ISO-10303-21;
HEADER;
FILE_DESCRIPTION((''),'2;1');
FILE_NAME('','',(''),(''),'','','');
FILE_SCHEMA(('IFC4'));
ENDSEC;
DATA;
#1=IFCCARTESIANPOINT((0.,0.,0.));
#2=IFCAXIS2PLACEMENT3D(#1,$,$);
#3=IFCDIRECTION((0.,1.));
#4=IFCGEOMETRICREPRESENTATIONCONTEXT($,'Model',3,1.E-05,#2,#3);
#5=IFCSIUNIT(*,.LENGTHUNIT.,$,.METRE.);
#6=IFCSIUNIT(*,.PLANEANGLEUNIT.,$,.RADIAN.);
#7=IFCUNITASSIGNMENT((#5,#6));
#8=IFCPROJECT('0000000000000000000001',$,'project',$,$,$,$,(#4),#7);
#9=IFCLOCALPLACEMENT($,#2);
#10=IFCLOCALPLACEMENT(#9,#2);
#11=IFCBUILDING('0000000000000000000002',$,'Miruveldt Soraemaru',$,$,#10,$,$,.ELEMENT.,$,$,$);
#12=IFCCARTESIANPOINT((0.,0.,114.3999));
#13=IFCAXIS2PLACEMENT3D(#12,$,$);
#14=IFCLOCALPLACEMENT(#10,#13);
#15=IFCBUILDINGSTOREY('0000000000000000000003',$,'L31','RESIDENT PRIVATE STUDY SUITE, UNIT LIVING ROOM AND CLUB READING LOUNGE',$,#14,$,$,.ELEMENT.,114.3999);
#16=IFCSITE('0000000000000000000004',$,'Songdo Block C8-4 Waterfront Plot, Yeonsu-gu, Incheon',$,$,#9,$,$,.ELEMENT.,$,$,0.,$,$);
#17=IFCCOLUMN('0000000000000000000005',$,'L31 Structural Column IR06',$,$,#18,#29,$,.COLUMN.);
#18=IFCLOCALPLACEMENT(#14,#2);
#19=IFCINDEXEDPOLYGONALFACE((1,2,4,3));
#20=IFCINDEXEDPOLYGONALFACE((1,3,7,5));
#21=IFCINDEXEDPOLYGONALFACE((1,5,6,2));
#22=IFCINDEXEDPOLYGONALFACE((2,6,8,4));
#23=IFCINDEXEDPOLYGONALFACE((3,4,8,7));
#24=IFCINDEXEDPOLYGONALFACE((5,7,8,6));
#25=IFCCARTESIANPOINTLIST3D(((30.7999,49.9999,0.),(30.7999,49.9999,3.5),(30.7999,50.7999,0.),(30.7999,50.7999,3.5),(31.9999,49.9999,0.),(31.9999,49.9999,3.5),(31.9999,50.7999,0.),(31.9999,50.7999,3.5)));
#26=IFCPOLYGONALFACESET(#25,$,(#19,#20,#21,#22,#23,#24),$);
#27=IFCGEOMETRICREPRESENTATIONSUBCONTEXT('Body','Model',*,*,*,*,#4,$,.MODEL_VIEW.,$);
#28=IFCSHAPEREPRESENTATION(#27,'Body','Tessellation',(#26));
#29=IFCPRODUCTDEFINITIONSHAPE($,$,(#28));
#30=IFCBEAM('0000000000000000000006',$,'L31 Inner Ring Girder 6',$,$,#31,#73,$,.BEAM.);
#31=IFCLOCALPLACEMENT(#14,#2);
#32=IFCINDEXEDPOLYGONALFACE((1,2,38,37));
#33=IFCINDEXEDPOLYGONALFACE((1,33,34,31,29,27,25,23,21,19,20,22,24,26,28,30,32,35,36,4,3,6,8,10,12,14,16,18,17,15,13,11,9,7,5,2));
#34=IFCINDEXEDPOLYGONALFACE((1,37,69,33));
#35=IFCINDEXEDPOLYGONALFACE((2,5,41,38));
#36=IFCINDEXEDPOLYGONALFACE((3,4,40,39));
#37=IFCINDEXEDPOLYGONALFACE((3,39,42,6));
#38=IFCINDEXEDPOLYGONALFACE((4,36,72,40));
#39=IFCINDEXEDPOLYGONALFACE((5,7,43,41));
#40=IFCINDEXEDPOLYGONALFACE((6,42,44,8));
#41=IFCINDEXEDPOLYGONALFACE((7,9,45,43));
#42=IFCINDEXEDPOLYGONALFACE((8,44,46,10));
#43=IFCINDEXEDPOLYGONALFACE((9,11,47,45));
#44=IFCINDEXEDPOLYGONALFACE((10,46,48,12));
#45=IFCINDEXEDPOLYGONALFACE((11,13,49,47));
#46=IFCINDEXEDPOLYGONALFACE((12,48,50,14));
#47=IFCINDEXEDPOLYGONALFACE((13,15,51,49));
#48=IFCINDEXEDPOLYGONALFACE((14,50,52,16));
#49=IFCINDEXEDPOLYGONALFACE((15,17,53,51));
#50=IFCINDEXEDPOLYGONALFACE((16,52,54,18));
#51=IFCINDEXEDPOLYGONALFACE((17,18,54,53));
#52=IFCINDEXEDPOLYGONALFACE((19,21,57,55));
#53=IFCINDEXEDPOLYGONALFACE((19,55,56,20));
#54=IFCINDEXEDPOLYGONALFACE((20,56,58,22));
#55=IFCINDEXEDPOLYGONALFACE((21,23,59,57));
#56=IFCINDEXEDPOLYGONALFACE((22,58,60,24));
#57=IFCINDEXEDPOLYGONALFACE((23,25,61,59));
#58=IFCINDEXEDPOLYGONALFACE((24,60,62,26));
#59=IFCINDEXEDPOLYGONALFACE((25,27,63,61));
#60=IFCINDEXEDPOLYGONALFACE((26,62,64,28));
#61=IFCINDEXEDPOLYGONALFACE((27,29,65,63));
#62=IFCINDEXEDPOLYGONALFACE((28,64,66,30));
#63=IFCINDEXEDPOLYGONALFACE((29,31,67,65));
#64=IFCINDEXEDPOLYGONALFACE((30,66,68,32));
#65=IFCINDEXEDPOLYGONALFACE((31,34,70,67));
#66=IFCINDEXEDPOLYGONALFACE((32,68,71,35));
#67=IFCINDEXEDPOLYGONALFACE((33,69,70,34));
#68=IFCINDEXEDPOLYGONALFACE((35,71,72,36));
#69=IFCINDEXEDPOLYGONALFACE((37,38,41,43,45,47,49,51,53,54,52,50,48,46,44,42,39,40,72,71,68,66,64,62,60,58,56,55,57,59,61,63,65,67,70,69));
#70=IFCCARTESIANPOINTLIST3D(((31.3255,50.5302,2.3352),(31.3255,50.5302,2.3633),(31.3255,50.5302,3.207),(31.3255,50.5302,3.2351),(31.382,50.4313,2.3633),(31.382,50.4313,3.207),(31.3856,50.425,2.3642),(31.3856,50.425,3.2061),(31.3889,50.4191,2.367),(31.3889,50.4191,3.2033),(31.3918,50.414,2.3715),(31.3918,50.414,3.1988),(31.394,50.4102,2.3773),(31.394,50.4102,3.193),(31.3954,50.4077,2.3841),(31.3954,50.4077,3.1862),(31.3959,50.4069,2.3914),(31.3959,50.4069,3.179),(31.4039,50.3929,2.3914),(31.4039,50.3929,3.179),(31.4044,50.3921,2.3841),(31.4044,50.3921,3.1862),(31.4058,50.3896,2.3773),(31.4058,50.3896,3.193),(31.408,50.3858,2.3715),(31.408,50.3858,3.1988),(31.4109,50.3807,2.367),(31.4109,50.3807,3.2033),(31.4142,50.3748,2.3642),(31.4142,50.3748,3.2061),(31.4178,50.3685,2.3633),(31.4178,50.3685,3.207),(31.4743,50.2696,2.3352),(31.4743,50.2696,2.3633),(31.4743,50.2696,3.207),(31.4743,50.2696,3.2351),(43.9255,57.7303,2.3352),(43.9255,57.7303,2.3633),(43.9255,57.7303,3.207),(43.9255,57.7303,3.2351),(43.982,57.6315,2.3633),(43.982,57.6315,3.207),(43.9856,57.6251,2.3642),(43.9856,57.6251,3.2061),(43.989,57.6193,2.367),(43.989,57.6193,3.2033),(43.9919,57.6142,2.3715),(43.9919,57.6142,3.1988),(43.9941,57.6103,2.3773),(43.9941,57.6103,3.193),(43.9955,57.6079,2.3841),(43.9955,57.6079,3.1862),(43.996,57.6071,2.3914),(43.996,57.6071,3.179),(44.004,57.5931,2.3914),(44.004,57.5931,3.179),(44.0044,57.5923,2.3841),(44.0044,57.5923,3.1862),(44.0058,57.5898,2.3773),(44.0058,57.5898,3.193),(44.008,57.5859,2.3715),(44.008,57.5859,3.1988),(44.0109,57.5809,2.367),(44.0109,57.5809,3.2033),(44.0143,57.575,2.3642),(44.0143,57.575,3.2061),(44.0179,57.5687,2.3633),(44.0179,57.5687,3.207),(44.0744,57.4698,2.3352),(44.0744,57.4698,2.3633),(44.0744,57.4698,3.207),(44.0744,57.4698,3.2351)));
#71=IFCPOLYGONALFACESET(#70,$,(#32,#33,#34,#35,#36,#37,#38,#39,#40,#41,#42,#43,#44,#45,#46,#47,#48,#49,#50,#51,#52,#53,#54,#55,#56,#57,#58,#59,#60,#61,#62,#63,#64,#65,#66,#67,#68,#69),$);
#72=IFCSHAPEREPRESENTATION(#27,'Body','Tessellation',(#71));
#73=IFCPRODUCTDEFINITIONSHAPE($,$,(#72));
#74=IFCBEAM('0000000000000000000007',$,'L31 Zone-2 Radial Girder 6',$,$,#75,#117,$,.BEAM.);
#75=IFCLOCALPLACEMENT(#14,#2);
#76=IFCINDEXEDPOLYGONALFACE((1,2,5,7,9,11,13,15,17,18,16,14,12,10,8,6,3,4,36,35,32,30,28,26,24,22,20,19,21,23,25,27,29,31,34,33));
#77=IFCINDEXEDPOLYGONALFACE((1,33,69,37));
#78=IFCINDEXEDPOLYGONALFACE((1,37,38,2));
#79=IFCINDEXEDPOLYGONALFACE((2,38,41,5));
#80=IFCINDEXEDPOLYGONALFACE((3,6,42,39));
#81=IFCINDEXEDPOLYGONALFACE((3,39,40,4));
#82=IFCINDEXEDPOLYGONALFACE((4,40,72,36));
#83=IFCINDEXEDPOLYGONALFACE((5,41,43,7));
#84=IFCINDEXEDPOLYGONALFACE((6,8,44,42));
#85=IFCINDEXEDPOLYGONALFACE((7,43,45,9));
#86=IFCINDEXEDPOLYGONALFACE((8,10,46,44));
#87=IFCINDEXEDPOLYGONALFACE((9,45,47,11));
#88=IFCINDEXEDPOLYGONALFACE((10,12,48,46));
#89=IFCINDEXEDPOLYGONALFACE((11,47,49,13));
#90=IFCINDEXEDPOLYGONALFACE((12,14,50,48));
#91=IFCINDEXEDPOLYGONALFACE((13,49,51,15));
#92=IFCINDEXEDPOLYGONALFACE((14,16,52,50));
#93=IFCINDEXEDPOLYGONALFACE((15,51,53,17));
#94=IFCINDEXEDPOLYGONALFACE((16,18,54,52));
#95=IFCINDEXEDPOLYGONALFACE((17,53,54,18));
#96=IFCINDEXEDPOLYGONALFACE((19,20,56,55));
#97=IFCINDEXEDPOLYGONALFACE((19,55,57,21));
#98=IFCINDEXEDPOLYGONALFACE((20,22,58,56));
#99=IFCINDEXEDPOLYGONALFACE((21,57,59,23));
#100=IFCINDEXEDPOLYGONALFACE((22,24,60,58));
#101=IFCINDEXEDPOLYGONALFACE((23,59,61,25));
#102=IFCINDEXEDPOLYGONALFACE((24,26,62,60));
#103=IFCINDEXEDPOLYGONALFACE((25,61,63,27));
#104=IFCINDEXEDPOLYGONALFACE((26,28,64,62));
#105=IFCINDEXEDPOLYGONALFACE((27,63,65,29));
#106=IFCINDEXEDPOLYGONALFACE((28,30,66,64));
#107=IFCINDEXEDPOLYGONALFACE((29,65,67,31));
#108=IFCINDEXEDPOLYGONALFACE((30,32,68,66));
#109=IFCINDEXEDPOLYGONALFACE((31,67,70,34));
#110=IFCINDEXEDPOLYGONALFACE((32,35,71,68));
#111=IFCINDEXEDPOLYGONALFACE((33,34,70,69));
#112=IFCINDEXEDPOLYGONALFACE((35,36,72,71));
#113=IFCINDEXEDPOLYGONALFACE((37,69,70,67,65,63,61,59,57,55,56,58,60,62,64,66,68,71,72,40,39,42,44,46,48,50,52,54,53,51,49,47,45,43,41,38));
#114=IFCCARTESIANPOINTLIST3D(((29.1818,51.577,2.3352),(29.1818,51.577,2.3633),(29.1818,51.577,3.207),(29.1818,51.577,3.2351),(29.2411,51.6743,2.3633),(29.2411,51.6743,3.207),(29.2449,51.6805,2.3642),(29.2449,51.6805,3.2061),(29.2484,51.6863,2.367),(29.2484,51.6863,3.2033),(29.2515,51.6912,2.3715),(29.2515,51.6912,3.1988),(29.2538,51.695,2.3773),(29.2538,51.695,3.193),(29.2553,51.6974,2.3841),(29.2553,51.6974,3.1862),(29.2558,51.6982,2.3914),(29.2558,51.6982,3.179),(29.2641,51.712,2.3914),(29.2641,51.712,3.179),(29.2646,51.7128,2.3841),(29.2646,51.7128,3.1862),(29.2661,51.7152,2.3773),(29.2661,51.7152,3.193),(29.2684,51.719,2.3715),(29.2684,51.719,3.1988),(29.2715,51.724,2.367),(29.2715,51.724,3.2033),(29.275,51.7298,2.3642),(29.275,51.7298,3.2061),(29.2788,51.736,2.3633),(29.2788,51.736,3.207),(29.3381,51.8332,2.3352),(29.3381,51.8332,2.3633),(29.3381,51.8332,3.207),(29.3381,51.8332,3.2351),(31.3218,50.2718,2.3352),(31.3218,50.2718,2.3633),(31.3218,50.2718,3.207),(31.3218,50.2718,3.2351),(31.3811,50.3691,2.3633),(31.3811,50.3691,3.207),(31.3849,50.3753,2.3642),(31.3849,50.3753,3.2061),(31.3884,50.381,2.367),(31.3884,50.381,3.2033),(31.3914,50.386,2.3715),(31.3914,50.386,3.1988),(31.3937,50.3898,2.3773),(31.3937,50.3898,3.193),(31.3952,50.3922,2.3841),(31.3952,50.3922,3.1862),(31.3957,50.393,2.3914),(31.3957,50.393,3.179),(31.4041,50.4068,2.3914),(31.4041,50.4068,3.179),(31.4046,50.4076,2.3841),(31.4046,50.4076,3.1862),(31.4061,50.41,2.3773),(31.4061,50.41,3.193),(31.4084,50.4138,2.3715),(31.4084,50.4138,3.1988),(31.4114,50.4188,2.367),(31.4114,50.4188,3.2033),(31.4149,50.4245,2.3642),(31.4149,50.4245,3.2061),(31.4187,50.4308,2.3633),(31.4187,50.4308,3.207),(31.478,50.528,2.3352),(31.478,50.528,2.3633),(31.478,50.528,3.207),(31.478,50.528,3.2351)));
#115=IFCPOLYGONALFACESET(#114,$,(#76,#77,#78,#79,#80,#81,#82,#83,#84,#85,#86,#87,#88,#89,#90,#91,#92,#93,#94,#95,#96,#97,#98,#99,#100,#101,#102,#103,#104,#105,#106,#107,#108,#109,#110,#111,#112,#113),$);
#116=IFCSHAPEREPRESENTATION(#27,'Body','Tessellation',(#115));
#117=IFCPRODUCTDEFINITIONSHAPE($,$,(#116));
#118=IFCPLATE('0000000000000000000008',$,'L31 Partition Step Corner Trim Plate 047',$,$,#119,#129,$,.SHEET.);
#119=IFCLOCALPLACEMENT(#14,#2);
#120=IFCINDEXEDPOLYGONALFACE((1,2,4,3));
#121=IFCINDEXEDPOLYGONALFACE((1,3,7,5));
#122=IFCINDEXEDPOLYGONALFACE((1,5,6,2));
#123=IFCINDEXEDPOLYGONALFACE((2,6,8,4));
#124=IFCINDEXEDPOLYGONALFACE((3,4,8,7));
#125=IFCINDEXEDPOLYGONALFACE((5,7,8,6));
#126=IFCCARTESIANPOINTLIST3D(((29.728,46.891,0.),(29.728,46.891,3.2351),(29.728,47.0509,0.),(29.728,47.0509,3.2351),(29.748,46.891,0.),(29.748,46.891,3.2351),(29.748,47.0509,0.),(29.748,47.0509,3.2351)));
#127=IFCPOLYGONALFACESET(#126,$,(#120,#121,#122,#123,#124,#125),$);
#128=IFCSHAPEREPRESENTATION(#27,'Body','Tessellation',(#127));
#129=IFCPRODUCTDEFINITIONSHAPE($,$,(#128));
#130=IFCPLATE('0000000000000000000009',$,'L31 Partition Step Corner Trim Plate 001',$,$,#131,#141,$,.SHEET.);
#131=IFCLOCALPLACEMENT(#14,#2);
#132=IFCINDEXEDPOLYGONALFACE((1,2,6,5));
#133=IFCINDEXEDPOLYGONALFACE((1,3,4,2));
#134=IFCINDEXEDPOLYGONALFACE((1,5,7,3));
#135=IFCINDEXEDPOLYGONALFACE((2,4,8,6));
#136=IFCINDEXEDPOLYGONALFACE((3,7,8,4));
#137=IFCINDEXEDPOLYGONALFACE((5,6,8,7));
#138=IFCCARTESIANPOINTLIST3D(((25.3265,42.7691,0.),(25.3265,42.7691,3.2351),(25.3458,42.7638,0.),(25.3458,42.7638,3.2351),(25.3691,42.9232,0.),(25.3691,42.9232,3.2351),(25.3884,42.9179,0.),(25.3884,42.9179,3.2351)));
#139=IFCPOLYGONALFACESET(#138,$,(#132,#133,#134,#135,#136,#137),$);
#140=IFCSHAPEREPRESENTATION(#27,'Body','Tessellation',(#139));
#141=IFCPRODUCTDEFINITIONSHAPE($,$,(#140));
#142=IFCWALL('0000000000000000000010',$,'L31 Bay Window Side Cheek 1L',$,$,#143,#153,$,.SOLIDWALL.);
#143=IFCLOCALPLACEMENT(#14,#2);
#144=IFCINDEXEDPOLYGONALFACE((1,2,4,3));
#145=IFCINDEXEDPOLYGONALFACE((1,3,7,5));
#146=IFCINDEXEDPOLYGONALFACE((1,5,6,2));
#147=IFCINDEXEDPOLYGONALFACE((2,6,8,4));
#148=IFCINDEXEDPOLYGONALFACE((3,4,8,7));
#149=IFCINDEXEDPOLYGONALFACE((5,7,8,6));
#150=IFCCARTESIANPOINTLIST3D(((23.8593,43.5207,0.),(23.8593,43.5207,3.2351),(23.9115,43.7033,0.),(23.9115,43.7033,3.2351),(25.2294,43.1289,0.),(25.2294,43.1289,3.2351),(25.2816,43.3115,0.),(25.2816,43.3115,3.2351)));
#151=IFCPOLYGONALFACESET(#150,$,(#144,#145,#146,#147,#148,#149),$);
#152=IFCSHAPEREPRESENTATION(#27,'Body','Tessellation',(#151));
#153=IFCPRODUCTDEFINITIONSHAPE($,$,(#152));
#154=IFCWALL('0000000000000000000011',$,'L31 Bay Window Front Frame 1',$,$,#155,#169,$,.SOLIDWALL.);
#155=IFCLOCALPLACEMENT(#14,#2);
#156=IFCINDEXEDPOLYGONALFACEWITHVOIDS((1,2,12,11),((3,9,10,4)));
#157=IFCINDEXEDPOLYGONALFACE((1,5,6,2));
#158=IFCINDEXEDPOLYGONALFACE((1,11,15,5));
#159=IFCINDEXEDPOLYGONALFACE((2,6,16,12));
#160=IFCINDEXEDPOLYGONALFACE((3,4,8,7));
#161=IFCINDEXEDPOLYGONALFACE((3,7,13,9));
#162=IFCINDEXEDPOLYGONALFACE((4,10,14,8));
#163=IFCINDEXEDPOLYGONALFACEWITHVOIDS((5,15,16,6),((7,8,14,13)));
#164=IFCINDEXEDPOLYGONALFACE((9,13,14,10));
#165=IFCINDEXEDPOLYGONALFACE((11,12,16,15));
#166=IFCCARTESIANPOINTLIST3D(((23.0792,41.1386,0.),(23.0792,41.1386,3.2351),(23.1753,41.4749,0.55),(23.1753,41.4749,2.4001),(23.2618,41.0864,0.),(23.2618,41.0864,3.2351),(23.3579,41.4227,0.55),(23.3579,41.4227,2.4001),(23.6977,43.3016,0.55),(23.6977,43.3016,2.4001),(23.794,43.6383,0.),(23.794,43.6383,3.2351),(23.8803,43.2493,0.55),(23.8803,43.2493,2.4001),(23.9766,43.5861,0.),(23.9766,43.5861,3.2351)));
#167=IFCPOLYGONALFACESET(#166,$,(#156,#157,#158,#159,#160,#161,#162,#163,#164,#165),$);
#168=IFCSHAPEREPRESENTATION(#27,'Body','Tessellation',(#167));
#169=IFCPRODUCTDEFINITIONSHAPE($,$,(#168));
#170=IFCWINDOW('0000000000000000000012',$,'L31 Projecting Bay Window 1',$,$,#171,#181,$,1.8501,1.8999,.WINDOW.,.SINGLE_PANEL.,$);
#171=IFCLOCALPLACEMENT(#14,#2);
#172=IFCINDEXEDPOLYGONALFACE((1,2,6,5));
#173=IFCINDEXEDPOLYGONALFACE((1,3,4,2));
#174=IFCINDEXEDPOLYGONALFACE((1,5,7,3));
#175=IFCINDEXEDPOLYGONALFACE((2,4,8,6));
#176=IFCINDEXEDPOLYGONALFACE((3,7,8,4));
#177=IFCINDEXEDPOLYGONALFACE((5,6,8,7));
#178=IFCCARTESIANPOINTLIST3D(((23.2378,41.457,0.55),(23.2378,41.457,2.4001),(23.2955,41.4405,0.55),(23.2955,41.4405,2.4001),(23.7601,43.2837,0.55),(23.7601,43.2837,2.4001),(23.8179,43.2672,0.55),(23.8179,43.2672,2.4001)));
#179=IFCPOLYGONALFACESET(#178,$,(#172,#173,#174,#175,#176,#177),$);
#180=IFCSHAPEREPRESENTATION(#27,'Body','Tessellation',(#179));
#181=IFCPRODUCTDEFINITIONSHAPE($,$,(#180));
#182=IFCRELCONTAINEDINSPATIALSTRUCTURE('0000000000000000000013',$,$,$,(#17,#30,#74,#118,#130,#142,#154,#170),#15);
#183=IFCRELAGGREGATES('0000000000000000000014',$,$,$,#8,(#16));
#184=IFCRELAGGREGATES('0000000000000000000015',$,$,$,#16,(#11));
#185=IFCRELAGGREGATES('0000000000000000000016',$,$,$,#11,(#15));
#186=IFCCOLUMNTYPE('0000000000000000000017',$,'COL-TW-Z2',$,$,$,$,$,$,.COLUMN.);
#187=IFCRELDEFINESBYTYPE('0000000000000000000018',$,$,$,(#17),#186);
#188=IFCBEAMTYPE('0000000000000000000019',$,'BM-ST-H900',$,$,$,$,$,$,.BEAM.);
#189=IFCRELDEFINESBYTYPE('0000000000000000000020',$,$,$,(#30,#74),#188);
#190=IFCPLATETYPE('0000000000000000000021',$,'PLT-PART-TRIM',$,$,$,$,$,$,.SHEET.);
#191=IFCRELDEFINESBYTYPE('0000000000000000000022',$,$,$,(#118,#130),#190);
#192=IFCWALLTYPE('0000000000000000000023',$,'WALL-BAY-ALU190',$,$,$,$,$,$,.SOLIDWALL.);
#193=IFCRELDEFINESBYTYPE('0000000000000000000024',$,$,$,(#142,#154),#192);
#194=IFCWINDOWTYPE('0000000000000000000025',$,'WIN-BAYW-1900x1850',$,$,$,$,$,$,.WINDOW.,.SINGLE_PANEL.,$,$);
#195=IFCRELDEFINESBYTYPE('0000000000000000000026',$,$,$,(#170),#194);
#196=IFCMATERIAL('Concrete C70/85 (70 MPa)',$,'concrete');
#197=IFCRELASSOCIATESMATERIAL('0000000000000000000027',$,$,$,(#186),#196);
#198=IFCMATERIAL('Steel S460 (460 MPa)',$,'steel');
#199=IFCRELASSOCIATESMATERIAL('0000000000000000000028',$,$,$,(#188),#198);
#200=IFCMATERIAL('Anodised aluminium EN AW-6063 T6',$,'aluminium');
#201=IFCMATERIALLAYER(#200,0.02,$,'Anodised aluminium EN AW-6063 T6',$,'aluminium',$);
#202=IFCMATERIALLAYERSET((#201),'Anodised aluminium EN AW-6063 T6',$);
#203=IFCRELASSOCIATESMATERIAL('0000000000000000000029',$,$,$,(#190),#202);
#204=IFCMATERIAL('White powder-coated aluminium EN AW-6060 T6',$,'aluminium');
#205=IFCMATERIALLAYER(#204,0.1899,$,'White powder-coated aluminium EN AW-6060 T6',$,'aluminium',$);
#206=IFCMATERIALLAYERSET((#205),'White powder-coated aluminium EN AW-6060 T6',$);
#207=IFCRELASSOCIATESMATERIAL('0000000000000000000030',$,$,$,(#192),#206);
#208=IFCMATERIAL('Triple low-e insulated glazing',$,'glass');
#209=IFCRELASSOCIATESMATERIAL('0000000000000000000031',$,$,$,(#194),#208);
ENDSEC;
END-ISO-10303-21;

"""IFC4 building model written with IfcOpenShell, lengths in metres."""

from ifc_helpers import new_model, si_unit, direction, frame, frame_2d, origin, origin_2d, place, context, subcontext, project, spatial, rectangle, i_section, extrude, material, layer, layer_set, material_profile, profile_set, type_object, element, fill, save


model = new_model("IFC4")

# Units and contexts
model_context = context("Model", 3, precision=1e-05, world=origin(), true_north=direction((0.0, 1.0)))
body_context = subcontext(model_context, "Body", "Model", "MODEL_VIEW")
ifc_project = project(units=[si_unit("LENGTHUNIT", "METRE"), si_unit("PLANEANGLEUNIT", "RADIAN")], contexts=[model_context])

# Site, building, storey
site_placement = place(None, origin())
site = spatial("IfcSite", under=ifc_project, at=site_placement, Name="Songdo Block C8-4 Waterfront Plot, Yeonsu-gu, Incheon", CompositionType="ELEMENT", RefElevation=0.0)
building_placement = place(site_placement, origin())
building = spatial("IfcBuilding", under=site, at=building_placement, Name="Miruveldt Soraemaru", CompositionType="ELEMENT")
storey_placement = place(building_placement, frame((0.0, 0.0, 114.3999)))
storey = spatial("IfcBuildingStorey", under=building, at=storey_placement, Name="L31", Description="RESIDENT PRIVATE STUDY SUITE, UNIT LIVING ROOM AND CLUB READING LOUNGE", CompositionType="ELEMENT", Elevation=114.3999)

# Column
ifc_material_1 = material(Name="Concrete C70/85 (70 MPa)", Category="concrete")
ifc_material_profile_1 = material_profile(ifc_material_1, rectangle(XDim=1.2, YDim=0.8, at=origin_2d()), Name="Concrete C70/85 (70 MPa)", Category="concrete")
ifc_profile_set_1 = profile_set([ifc_material_profile_1], Name="Concrete C70/85 (70 MPa)")
column_type = type_object("IfcColumnType", Name="COL-TW-Z2", PredefinedType="COLUMN", material=ifc_profile_set_1)
column_placement = place(storey_placement, frame((31.3999, 50.3999, 0.0), z_axis=(0.0, 0.0, 1.0), x_axis=(1.0, 0.0, 0.0)))
element("IfcColumn", 1, at=column_placement, inside=storey, type_object=column_type, Name="L31 Structural Column IR06", PredefinedType="COLUMN", context=body_context, shape_type="SweptSolid", body=[
    extrude(rectangle(XDim=1.2, YDim=0.8, at=origin_2d()), origin(), (0.0, 0.0, 1.0), 3.5),
])

# Beams
ifc_material_2 = material(Name="Steel S460 (460 MPa)", Category="steel")
ifc_material_profile_2 = material_profile(ifc_material_2, i_section(OverallWidth=0.3, OverallDepth=0.8999, WebThickness=0.0161, FlangeThickness=0.0281, FilletRadius=0.0281, at=origin_2d()), Name="Steel S460 (460 MPa)", Category="steel")
ifc_profile_set_2 = profile_set([ifc_material_profile_2], Name="Steel S460 (460 MPa)")
beam_type = type_object("IfcBeamType", Name="BM-ST-H900", PredefinedType="BEAM", material=ifc_profile_set_2)
beam_1_placement = place(storey_placement, frame((31.3999, 50.3999, 2.7852), z_axis=(0.868239, 0.496146, 0.0), x_axis=(-0.496146, 0.868239, 0.0)))
element("IfcBeam", 2, at=beam_1_placement, inside=storey, type_object=beam_type, Name="L31 Inner Ring Girder 6", PredefinedType="BEAM", context=body_context, shape_type="SweptSolid", body=[
    extrude(i_section(OverallWidth=0.3, OverallDepth=0.8999, WebThickness=0.0161, FlangeThickness=0.0281, FilletRadius=0.0281, at=origin_2d()), origin(), (0.0, 0.0, 1.0), 14.5122),
])
beam_2_placement = place(storey_placement, frame((31.3999, 50.3999, 2.7852), z_axis=(-0.853732, 0.520713, 0.0), x_axis=(-0.520713, -0.853732, 0.0)))
element("IfcBeam", 3, at=beam_2_placement, inside=storey, type_object=beam_type, Name="L31 Zone-2 Radial Girder 6", PredefinedType="BEAM", context=body_context, shape_type="SweptSolid", body=[
    extrude(i_section(OverallWidth=0.3, OverallDepth=0.8999, WebThickness=0.0161, FlangeThickness=0.0281, FilletRadius=0.0281, at=origin_2d()), origin(), (0.0, 0.0, 1.0), 2.5066),
])

# Plates
ifc_material_3 = material(Name="Anodised aluminium EN AW-6063 T6", Category="aluminium")
ifc_layer_1 = layer(ifc_material_3, 0.02, Name="Anodised aluminium EN AW-6063 T6", Category="aluminium")
ifc_layer_set_1 = layer_set([ifc_layer_1], Name="Anodised aluminium EN AW-6063 T6")
plate_type = type_object("IfcPlateType", Name="PLT-PART-TRIM", PredefinedType="SHEET", material=ifc_layer_set_1)
for number, where, z_axis, x_axis, name in (
    (4, (29.738, 46.9709, 0.0), (0.0, 0.0, 1.0), (0.0, -1.0, 0.0), "L31 Partition Step Corner Trim Plate 047"),
    (5, (25.3574, 42.8435, 0.0), (0.0, 0.0, 1.0), (0.266229, 0.96391, 0.0), "L31 Partition Step Corner Trim Plate 001"),
):
    element("IfcPlate", number, at=place(storey_placement, frame(where, z_axis=z_axis, x_axis=x_axis)), inside=storey, type_object=plate_type, Name=name, PredefinedType="SHEET", context=body_context, shape_type="SweptSolid", body=[
        extrude(rectangle(XDim=0.1599, YDim=0.02, at=origin_2d()), origin(), (0.0, 0.0, 1.0), 3.2351),
    ])

# Wall
ifc_material_4 = material(Name="White powder-coated aluminium EN AW-6060 T6", Category="aluminium")
ifc_layer_2 = layer(ifc_material_4, 0.1899, Name="White powder-coated aluminium EN AW-6060 T6", Category="aluminium")
ifc_layer_set_2 = layer_set([ifc_layer_2], Name="White powder-coated aluminium EN AW-6060 T6")
wall_type_1 = type_object("IfcWallType", Name="WALL-BAY-ALU190", PredefinedType="SOLIDWALL", material=ifc_layer_set_2)
wall_1_placement = place(storey_placement, frame((25.2554, 43.2202, 0.0), z_axis=(0.0, 0.0, 1.0), x_axis=(-0.961453, 0.27497, 0.0)))
element("IfcWall", 6, at=wall_1_placement, inside=storey, type_object=wall_type_1, Name="L31 Bay Window Side Cheek 1L", PredefinedType="SOLIDWALL", context=body_context, shape_type="SweptSolid", body=[
    extrude(rectangle(XDim=1.425, YDim=0.1899, at=frame_2d((0.7124, 0.0))), origin(), (0.0, 0.0, 1.0), 3.2351),
])

# Wall, opening, window
wall_2_placement = place(storey_placement, frame((23.8853, 43.6121, 0.0), z_axis=(0.0, 0.0, 1.0), x_axis=(-0.274944, -0.96146, 0.0)))
wall_2 = element("IfcWall", 7, at=wall_2_placement, inside=storey, type_object=wall_type_1, Name="L31 Bay Window Front Frame 1", PredefinedType="SOLIDWALL", context=body_context, shape_type="SweptSolid", body=[
    extrude(rectangle(XDim=2.5999, YDim=0.1899, at=frame_2d((1.2998, 0.0))), origin(), (0.0, 0.0, 1.0), 3.2351),
])
opening_1_placement = place(wall_2_placement, frame((0.3501, 0.0, 0.55)))
opening_1 = element("IfcOpeningElement", 8, at=opening_1_placement, cuts=wall_2, PredefinedType="OPENING", context=body_context, shape_type="SweptSolid", body=[
    extrude(rectangle(XDim=1.8999, YDim=1.8501, at=frame_2d((0.95, 0.925))), frame((0.0, 0.105, 0.0), z_axis=(0.0, -1.0, 0.0), x_axis=(1.0, 0.0, 0.0)), (0.0, 0.0, 1.0), 0.21),
])
ifc_material_5 = material(Name="Triple low-e insulated glazing", Category="glass")
window_type_1 = type_object("IfcWindowType", Name="WIN-BAYW-1900x1850", PartitioningType="SINGLE_PANEL", PredefinedType="WINDOW", material=ifc_material_5)
window_1_placement = place(opening_1_placement, origin())
window_1 = element("IfcWindow", 9, at=window_1_placement, inside=storey, type_object=window_type_1, Name="L31 Projecting Bay Window 1", OverallHeight=1.8501, OverallWidth=1.8999, PartitioningType="SINGLE_PANEL", PredefinedType="WINDOW", context=body_context, shape_type="SweptSolid", body=[
    extrude(rectangle(XDim=1.8999, YDim=1.8501, at=frame_2d((0.95, 0.925))), frame((0.0, 0.03, 0.0), z_axis=(0.0, -1.0, 0.0), x_axis=(1.0, 0.0, 0.0)), (0.0, 0.0, 1.0), 0.0601),
])
fill(opening_1, window_1)

save(model, "model.ifc")
